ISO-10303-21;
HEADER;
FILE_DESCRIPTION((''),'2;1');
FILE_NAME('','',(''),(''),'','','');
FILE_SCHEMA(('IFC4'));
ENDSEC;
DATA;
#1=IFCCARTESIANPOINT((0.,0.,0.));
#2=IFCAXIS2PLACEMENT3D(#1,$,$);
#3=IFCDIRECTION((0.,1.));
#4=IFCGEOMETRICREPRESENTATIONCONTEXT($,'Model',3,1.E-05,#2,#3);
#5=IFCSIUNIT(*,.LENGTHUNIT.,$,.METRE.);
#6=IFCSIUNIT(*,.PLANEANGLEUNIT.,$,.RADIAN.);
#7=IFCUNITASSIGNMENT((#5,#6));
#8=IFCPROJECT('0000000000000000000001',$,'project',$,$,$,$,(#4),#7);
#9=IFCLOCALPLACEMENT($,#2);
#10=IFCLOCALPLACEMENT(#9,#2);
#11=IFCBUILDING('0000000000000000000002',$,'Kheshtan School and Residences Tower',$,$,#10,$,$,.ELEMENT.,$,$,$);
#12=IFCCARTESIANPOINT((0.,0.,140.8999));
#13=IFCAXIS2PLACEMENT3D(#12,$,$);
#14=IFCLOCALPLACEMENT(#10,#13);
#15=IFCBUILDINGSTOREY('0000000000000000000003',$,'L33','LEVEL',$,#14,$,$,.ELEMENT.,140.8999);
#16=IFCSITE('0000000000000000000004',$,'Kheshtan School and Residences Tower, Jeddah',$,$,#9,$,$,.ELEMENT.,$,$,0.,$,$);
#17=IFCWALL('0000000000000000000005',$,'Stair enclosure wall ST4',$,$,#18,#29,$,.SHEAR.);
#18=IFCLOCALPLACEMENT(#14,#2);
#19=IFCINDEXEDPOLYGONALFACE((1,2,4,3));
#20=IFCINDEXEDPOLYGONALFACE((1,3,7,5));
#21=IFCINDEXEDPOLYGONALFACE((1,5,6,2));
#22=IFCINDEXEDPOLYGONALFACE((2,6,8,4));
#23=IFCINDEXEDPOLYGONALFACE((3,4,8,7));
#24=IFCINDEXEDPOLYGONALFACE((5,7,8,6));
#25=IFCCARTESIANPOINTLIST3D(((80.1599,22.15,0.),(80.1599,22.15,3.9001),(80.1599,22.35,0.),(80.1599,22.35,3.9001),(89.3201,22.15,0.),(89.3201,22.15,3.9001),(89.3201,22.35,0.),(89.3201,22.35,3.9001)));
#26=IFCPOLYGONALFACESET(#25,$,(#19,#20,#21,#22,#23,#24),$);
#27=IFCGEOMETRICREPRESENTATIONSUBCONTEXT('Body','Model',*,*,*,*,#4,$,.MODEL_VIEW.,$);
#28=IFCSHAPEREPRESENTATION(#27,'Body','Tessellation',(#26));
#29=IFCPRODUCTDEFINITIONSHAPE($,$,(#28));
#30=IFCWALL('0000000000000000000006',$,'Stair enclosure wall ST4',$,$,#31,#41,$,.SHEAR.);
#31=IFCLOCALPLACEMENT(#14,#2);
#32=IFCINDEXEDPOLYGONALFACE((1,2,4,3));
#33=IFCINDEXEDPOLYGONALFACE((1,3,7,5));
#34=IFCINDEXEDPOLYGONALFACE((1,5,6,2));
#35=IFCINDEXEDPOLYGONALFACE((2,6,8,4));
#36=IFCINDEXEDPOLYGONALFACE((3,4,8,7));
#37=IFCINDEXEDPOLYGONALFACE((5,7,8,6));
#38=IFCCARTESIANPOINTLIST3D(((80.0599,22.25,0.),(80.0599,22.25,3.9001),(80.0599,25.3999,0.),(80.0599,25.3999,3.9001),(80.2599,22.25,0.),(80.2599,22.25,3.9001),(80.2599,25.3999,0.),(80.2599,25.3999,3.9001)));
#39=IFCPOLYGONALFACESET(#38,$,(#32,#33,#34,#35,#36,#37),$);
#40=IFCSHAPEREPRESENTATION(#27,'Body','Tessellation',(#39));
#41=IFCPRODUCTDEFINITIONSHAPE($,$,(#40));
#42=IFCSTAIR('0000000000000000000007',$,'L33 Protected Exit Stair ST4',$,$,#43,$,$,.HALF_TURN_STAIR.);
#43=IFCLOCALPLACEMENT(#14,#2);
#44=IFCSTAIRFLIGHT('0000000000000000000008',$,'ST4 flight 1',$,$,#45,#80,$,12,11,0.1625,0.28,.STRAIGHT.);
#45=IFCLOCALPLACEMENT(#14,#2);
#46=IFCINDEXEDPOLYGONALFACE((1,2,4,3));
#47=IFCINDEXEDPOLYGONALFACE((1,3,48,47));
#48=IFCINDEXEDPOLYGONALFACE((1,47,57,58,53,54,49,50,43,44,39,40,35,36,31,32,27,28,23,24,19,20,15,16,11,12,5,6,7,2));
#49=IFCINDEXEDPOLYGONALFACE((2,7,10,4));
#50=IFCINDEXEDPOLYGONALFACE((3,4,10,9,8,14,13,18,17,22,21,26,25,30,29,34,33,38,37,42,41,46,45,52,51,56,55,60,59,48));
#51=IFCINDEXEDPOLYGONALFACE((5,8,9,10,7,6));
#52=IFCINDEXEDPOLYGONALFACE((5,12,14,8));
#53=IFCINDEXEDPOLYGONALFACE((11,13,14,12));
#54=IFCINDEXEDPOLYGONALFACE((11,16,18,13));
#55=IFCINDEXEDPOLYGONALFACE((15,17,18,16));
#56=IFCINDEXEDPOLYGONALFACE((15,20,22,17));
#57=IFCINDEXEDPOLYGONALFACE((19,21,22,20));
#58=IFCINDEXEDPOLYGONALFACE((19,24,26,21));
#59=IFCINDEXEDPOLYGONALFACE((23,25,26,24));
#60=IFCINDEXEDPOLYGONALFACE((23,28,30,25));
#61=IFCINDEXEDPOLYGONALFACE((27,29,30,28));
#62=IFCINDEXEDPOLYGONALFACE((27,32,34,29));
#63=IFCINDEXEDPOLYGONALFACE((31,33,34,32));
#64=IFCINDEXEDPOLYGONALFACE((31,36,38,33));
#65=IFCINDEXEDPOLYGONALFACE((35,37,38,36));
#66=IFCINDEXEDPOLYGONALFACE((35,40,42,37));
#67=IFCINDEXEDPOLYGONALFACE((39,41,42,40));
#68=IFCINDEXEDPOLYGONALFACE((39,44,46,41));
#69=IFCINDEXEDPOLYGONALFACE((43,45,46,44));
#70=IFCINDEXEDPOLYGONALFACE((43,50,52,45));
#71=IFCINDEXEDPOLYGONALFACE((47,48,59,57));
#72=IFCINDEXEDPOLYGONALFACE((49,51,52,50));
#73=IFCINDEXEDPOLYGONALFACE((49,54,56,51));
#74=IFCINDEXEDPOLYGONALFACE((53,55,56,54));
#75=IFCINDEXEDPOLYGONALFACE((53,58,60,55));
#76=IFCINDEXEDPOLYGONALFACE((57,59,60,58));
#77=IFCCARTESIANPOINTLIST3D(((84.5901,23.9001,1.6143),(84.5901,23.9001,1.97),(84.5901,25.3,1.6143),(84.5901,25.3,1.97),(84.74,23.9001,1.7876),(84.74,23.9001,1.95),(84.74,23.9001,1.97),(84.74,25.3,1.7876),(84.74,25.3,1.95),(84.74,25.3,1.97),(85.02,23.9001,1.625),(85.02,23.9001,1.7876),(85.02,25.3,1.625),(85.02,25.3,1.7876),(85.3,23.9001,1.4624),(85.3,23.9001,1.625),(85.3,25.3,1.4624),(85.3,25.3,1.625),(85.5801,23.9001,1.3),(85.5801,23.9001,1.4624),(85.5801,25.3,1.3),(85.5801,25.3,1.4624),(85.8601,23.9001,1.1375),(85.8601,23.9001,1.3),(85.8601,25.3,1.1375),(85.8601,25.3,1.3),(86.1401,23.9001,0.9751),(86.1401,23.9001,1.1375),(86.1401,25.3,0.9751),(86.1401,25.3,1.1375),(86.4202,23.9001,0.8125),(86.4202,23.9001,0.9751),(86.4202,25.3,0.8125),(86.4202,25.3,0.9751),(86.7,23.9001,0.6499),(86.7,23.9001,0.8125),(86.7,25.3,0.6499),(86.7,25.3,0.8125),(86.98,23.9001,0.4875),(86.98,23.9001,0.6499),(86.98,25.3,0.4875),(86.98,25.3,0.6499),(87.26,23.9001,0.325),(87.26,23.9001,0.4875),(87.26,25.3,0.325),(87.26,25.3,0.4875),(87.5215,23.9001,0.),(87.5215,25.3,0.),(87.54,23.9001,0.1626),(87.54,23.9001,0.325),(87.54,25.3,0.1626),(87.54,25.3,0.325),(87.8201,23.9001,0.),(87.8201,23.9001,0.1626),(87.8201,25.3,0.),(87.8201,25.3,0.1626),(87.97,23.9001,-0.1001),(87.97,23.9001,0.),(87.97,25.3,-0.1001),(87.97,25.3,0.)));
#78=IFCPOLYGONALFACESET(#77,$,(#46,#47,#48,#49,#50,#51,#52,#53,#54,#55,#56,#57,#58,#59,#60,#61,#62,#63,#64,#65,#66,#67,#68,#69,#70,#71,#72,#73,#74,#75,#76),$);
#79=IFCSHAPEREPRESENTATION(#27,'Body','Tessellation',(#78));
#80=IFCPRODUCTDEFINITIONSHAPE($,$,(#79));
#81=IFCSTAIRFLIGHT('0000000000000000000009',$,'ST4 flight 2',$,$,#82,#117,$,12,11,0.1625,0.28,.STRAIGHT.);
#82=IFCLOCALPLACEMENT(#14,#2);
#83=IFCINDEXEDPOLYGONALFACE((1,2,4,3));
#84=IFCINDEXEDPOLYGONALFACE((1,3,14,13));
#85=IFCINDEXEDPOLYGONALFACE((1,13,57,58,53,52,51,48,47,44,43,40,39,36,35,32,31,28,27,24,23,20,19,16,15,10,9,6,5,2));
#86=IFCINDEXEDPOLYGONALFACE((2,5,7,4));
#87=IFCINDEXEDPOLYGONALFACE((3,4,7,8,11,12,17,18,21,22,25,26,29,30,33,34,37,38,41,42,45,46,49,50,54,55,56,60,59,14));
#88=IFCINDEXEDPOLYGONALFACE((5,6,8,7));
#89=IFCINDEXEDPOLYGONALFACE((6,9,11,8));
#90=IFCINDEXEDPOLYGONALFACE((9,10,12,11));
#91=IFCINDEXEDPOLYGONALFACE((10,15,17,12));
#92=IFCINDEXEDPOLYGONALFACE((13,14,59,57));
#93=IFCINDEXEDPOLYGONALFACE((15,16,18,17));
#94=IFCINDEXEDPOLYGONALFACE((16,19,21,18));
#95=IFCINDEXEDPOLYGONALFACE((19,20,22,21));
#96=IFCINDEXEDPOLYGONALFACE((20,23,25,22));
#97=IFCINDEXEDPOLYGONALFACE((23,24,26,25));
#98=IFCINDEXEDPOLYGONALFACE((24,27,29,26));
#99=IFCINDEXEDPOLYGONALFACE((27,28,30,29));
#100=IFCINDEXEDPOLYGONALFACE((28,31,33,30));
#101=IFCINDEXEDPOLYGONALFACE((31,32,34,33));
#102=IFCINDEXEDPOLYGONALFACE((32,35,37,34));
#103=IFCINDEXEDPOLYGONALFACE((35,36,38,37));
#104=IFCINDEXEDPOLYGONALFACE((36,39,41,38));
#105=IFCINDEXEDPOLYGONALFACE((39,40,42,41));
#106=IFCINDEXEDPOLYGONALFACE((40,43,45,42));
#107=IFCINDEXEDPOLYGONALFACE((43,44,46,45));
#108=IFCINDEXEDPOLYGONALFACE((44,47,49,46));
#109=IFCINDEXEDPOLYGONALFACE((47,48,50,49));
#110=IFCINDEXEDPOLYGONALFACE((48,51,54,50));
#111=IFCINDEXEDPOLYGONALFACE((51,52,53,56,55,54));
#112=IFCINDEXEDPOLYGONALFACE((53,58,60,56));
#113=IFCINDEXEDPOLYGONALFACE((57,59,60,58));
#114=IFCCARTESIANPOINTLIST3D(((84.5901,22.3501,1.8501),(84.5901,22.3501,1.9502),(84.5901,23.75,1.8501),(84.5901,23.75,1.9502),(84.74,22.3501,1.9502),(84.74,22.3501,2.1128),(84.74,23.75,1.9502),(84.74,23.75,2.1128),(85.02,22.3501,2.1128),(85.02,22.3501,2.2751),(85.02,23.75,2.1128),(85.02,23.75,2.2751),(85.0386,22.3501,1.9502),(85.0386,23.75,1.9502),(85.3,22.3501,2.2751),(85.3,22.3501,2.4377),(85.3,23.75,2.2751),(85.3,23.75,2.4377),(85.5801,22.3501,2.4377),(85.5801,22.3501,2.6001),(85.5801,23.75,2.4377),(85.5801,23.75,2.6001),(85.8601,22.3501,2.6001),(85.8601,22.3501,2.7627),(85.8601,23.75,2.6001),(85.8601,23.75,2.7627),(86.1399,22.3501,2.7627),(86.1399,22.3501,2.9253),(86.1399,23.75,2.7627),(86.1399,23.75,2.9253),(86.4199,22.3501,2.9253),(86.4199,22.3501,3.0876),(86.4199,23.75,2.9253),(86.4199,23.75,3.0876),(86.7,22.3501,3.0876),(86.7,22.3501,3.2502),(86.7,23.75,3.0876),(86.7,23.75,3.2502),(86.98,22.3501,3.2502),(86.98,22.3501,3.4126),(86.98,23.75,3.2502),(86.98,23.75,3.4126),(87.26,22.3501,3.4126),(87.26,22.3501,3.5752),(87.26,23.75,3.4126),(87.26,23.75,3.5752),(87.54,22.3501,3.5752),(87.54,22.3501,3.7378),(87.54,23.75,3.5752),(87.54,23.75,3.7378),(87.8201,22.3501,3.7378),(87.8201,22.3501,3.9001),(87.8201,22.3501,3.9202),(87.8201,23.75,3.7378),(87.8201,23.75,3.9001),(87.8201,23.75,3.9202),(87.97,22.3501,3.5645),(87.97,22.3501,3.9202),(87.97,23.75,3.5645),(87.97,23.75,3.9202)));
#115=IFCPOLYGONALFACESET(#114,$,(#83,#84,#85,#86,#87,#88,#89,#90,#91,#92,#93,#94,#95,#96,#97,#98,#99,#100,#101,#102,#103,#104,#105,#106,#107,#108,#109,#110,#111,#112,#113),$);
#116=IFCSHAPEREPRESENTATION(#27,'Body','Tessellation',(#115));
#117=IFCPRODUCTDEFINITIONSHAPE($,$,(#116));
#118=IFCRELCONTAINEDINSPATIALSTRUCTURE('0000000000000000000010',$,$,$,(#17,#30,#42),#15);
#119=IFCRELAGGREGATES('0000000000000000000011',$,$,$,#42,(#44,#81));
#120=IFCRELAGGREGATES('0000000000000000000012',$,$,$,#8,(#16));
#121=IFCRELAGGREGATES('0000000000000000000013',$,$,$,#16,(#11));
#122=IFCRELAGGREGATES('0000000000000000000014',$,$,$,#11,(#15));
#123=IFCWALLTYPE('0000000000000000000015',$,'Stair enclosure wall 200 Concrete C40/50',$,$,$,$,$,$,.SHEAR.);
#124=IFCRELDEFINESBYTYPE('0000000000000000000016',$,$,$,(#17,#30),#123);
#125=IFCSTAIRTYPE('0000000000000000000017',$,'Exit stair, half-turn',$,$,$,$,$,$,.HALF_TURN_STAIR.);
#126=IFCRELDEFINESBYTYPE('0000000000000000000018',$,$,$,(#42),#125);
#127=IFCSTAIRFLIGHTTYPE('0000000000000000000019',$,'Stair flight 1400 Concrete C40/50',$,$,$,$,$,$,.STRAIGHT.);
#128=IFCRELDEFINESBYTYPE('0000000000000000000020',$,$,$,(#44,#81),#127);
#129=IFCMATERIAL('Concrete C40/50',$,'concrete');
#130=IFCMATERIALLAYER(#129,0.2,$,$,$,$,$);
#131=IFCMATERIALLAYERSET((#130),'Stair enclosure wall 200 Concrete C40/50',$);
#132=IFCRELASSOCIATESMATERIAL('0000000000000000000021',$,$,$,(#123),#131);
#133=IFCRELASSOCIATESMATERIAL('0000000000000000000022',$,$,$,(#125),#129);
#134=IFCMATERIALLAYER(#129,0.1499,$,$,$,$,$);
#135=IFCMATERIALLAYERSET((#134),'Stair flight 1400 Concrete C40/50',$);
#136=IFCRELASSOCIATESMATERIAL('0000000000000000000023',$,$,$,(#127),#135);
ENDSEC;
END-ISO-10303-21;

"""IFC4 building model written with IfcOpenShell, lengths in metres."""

from ifc_helpers import new_model, si_unit, direction, frame, frame_2d, origin, place, context, subcontext, project, spatial, polyline, rectangle, outline, extrude, material, layer, layer_set, type_object, element, aggregate, save


model = new_model("IFC4")

# Units and contexts
model_context = context("Model", 3, precision=1e-05, world=origin(), true_north=direction((0.0, 1.0)))
body_context = subcontext(model_context, "Body", "Model", "MODEL_VIEW")
ifc_project = project(units=[si_unit("LENGTHUNIT", "METRE"), si_unit("PLANEANGLEUNIT", "RADIAN")], contexts=[model_context])

# Site, building, storey
site_placement = place(None, origin())
site = spatial("IfcSite", under=ifc_project, at=site_placement, Name="Kheshtan School and Residences Tower, Jeddah", CompositionType="ELEMENT", RefElevation=0.0)
building_placement = place(site_placement, origin())
building = spatial("IfcBuilding", under=site, at=building_placement, Name="Kheshtan School and Residences Tower", CompositionType="ELEMENT")
storey_placement = place(building_placement, frame((0.0, 0.0, 140.8999)))
storey = spatial("IfcBuildingStorey", under=building, at=storey_placement, Name="L33", Description="LEVEL", CompositionType="ELEMENT", Elevation=140.8999)

# Walls
ifc_material_1 = material(Name="Concrete C40/50", Category="concrete")
ifc_layer_1 = layer(ifc_material_1, 0.2)
ifc_layer_set_1 = layer_set([ifc_layer_1], Name="Stair enclosure wall 200 Concrete C40/50")
wall_type = type_object("IfcWallType", Name="Stair enclosure wall 200 Concrete C40/50", PredefinedType="SHEAR", material=ifc_layer_set_1)
wall_1_placement = place(storey_placement, frame((80.1599, 22.25, 0.0), z_axis=(0.0, 0.0, 1.0), x_axis=(1.0, 0.0, 0.0)))
element("IfcWall", 1, at=wall_1_placement, inside=storey, type_object=wall_type, Name="Stair enclosure wall ST4", PredefinedType="SHEAR", context=body_context, shape_type="SweptSolid", body=[
    extrude(rectangle(XDim=9.1602, YDim=0.2, at=frame_2d((4.5801, 0.0))), origin(), (0.0, 0.0, 1.0), 3.9001),
])
wall_2_placement = place(storey_placement, frame((80.1599, 22.25, 0.0), z_axis=(0.0, 0.0, 1.0), x_axis=(0.0, 1.0, 0.0)))
element("IfcWall", 2, at=wall_2_placement, inside=storey, type_object=wall_type, Name="Stair enclosure wall ST4", PredefinedType="SHEAR", context=body_context, shape_type="SweptSolid", body=[
    extrude(rectangle(XDim=3.1499, YDim=0.2, at=frame_2d((1.575, 0.0))), origin(), (0.0, 0.0, 1.0), 3.9001),
])

# Stair, stair flights
stair_type = type_object("IfcStairType", Name="Exit stair, half-turn", PredefinedType="HALF_TURN_STAIR", material=ifc_material_1)
stair_placement = place(storey_placement, origin())
stair = element("IfcStair", 3, at=stair_placement, inside=storey, type_object=stair_type, Name="L33 Protected Exit Stair ST4", PredefinedType="HALF_TURN_STAIR")
ifc_layer_2 = layer(ifc_material_1, 0.1499)
ifc_layer_set_2 = layer_set([ifc_layer_2], Name="Stair flight 1400 Concrete C40/50")
stair_flight_type = type_object("IfcStairFlightType", Name="Stair flight 1400 Concrete C40/50", PredefinedType="STRAIGHT", material=ifc_layer_set_2)
stair_flight_1_placement = place(storey_placement, frame((87.8201, 24.6001, 0.0), z_axis=(0.0, 0.0, 1.0), x_axis=(-1.0, 0.0, 0.0)))
stair_flight_1 = element("IfcStairFlight", 4, at=stair_flight_1_placement, type_object=stair_flight_type, Name="ST4 flight 1", NumberOfRisers=12, NumberOfTreads=11, PredefinedType="STRAIGHT", RiserHeight=0.1625, TreadLength=0.28, context=body_context, shape_type="SweptSolid", body=[
    extrude(outline(polyline([(-0.1499, -0.1001), (-0.1499, 0.0), (0.0, 0.0), (0.0, 0.1626), (0.28, 0.1626), (0.28, 0.325), (0.5601, 0.325), (0.5601, 0.4875), (0.8401, 0.4875), (0.8401, 0.6499), (1.1201, 0.6499), (1.1201, 0.8125), (1.3999, 0.8125), (1.3999, 0.9751), (1.6799, 0.9751), (1.6799, 1.1375), (1.96, 1.1375), (1.96, 1.3), (2.24, 1.3), (2.24, 1.4624), (2.52, 1.4624), (2.52, 1.625), (2.8, 1.625), (2.8, 1.7876), (3.0801, 1.7876), (3.0801, 1.95), (3.0801, 1.97), (3.23, 1.97), (3.23, 1.6143), (0.2986, 0.0), (-0.1499, -0.1001)])), frame((0.0, 0.7, 0.0), z_axis=(0.0, -1.0, 0.0), x_axis=(1.0, 0.0, 0.0)), (0.0, 0.0, 1.0), 1.3999),
])
stair_flight_2_placement = place(storey_placement, frame((84.74, 23.05, 1.9502), z_axis=(0.0, 0.0, 1.0), x_axis=(1.0, 0.0, 0.0)))
stair_flight_2 = element("IfcStairFlight", 5, at=stair_flight_2_placement, type_object=stair_flight_type, Name="ST4 flight 2", NumberOfRisers=12, NumberOfTreads=11, PredefinedType="STRAIGHT", RiserHeight=0.1625, TreadLength=0.28, context=body_context, shape_type="SweptSolid", body=[
    extrude(outline(polyline([(-0.1499, -0.1001), (-0.1499, 0.0), (0.0, 0.0), (0.0, 0.1626), (0.28, 0.1626), (0.28, 0.325), (0.5601, 0.325), (0.5601, 0.4875), (0.8401, 0.4875), (0.8401, 0.6499), (1.1201, 0.6499), (1.1201, 0.8125), (1.3999, 0.8125), (1.3999, 0.9751), (1.6799, 0.9751), (1.6799, 1.1375), (1.96, 1.1375), (1.96, 1.3), (2.24, 1.3), (2.24, 1.4624), (2.52, 1.4624), (2.52, 1.625), (2.8, 1.625), (2.8, 1.7876), (3.0801, 1.7876), (3.0801, 1.95), (3.0801, 1.97), (3.23, 1.97), (3.23, 1.6143), (0.2986, 0.0), (-0.1499, -0.1001)])), frame((0.0, 0.7, 0.0), z_axis=(0.0, -1.0, 0.0), x_axis=(1.0, 0.0, 0.0)), (0.0, 0.0, 1.0), 1.3999),
])
aggregate(stair, [stair_flight_1, stair_flight_2])

save(model, "model.ifc")
